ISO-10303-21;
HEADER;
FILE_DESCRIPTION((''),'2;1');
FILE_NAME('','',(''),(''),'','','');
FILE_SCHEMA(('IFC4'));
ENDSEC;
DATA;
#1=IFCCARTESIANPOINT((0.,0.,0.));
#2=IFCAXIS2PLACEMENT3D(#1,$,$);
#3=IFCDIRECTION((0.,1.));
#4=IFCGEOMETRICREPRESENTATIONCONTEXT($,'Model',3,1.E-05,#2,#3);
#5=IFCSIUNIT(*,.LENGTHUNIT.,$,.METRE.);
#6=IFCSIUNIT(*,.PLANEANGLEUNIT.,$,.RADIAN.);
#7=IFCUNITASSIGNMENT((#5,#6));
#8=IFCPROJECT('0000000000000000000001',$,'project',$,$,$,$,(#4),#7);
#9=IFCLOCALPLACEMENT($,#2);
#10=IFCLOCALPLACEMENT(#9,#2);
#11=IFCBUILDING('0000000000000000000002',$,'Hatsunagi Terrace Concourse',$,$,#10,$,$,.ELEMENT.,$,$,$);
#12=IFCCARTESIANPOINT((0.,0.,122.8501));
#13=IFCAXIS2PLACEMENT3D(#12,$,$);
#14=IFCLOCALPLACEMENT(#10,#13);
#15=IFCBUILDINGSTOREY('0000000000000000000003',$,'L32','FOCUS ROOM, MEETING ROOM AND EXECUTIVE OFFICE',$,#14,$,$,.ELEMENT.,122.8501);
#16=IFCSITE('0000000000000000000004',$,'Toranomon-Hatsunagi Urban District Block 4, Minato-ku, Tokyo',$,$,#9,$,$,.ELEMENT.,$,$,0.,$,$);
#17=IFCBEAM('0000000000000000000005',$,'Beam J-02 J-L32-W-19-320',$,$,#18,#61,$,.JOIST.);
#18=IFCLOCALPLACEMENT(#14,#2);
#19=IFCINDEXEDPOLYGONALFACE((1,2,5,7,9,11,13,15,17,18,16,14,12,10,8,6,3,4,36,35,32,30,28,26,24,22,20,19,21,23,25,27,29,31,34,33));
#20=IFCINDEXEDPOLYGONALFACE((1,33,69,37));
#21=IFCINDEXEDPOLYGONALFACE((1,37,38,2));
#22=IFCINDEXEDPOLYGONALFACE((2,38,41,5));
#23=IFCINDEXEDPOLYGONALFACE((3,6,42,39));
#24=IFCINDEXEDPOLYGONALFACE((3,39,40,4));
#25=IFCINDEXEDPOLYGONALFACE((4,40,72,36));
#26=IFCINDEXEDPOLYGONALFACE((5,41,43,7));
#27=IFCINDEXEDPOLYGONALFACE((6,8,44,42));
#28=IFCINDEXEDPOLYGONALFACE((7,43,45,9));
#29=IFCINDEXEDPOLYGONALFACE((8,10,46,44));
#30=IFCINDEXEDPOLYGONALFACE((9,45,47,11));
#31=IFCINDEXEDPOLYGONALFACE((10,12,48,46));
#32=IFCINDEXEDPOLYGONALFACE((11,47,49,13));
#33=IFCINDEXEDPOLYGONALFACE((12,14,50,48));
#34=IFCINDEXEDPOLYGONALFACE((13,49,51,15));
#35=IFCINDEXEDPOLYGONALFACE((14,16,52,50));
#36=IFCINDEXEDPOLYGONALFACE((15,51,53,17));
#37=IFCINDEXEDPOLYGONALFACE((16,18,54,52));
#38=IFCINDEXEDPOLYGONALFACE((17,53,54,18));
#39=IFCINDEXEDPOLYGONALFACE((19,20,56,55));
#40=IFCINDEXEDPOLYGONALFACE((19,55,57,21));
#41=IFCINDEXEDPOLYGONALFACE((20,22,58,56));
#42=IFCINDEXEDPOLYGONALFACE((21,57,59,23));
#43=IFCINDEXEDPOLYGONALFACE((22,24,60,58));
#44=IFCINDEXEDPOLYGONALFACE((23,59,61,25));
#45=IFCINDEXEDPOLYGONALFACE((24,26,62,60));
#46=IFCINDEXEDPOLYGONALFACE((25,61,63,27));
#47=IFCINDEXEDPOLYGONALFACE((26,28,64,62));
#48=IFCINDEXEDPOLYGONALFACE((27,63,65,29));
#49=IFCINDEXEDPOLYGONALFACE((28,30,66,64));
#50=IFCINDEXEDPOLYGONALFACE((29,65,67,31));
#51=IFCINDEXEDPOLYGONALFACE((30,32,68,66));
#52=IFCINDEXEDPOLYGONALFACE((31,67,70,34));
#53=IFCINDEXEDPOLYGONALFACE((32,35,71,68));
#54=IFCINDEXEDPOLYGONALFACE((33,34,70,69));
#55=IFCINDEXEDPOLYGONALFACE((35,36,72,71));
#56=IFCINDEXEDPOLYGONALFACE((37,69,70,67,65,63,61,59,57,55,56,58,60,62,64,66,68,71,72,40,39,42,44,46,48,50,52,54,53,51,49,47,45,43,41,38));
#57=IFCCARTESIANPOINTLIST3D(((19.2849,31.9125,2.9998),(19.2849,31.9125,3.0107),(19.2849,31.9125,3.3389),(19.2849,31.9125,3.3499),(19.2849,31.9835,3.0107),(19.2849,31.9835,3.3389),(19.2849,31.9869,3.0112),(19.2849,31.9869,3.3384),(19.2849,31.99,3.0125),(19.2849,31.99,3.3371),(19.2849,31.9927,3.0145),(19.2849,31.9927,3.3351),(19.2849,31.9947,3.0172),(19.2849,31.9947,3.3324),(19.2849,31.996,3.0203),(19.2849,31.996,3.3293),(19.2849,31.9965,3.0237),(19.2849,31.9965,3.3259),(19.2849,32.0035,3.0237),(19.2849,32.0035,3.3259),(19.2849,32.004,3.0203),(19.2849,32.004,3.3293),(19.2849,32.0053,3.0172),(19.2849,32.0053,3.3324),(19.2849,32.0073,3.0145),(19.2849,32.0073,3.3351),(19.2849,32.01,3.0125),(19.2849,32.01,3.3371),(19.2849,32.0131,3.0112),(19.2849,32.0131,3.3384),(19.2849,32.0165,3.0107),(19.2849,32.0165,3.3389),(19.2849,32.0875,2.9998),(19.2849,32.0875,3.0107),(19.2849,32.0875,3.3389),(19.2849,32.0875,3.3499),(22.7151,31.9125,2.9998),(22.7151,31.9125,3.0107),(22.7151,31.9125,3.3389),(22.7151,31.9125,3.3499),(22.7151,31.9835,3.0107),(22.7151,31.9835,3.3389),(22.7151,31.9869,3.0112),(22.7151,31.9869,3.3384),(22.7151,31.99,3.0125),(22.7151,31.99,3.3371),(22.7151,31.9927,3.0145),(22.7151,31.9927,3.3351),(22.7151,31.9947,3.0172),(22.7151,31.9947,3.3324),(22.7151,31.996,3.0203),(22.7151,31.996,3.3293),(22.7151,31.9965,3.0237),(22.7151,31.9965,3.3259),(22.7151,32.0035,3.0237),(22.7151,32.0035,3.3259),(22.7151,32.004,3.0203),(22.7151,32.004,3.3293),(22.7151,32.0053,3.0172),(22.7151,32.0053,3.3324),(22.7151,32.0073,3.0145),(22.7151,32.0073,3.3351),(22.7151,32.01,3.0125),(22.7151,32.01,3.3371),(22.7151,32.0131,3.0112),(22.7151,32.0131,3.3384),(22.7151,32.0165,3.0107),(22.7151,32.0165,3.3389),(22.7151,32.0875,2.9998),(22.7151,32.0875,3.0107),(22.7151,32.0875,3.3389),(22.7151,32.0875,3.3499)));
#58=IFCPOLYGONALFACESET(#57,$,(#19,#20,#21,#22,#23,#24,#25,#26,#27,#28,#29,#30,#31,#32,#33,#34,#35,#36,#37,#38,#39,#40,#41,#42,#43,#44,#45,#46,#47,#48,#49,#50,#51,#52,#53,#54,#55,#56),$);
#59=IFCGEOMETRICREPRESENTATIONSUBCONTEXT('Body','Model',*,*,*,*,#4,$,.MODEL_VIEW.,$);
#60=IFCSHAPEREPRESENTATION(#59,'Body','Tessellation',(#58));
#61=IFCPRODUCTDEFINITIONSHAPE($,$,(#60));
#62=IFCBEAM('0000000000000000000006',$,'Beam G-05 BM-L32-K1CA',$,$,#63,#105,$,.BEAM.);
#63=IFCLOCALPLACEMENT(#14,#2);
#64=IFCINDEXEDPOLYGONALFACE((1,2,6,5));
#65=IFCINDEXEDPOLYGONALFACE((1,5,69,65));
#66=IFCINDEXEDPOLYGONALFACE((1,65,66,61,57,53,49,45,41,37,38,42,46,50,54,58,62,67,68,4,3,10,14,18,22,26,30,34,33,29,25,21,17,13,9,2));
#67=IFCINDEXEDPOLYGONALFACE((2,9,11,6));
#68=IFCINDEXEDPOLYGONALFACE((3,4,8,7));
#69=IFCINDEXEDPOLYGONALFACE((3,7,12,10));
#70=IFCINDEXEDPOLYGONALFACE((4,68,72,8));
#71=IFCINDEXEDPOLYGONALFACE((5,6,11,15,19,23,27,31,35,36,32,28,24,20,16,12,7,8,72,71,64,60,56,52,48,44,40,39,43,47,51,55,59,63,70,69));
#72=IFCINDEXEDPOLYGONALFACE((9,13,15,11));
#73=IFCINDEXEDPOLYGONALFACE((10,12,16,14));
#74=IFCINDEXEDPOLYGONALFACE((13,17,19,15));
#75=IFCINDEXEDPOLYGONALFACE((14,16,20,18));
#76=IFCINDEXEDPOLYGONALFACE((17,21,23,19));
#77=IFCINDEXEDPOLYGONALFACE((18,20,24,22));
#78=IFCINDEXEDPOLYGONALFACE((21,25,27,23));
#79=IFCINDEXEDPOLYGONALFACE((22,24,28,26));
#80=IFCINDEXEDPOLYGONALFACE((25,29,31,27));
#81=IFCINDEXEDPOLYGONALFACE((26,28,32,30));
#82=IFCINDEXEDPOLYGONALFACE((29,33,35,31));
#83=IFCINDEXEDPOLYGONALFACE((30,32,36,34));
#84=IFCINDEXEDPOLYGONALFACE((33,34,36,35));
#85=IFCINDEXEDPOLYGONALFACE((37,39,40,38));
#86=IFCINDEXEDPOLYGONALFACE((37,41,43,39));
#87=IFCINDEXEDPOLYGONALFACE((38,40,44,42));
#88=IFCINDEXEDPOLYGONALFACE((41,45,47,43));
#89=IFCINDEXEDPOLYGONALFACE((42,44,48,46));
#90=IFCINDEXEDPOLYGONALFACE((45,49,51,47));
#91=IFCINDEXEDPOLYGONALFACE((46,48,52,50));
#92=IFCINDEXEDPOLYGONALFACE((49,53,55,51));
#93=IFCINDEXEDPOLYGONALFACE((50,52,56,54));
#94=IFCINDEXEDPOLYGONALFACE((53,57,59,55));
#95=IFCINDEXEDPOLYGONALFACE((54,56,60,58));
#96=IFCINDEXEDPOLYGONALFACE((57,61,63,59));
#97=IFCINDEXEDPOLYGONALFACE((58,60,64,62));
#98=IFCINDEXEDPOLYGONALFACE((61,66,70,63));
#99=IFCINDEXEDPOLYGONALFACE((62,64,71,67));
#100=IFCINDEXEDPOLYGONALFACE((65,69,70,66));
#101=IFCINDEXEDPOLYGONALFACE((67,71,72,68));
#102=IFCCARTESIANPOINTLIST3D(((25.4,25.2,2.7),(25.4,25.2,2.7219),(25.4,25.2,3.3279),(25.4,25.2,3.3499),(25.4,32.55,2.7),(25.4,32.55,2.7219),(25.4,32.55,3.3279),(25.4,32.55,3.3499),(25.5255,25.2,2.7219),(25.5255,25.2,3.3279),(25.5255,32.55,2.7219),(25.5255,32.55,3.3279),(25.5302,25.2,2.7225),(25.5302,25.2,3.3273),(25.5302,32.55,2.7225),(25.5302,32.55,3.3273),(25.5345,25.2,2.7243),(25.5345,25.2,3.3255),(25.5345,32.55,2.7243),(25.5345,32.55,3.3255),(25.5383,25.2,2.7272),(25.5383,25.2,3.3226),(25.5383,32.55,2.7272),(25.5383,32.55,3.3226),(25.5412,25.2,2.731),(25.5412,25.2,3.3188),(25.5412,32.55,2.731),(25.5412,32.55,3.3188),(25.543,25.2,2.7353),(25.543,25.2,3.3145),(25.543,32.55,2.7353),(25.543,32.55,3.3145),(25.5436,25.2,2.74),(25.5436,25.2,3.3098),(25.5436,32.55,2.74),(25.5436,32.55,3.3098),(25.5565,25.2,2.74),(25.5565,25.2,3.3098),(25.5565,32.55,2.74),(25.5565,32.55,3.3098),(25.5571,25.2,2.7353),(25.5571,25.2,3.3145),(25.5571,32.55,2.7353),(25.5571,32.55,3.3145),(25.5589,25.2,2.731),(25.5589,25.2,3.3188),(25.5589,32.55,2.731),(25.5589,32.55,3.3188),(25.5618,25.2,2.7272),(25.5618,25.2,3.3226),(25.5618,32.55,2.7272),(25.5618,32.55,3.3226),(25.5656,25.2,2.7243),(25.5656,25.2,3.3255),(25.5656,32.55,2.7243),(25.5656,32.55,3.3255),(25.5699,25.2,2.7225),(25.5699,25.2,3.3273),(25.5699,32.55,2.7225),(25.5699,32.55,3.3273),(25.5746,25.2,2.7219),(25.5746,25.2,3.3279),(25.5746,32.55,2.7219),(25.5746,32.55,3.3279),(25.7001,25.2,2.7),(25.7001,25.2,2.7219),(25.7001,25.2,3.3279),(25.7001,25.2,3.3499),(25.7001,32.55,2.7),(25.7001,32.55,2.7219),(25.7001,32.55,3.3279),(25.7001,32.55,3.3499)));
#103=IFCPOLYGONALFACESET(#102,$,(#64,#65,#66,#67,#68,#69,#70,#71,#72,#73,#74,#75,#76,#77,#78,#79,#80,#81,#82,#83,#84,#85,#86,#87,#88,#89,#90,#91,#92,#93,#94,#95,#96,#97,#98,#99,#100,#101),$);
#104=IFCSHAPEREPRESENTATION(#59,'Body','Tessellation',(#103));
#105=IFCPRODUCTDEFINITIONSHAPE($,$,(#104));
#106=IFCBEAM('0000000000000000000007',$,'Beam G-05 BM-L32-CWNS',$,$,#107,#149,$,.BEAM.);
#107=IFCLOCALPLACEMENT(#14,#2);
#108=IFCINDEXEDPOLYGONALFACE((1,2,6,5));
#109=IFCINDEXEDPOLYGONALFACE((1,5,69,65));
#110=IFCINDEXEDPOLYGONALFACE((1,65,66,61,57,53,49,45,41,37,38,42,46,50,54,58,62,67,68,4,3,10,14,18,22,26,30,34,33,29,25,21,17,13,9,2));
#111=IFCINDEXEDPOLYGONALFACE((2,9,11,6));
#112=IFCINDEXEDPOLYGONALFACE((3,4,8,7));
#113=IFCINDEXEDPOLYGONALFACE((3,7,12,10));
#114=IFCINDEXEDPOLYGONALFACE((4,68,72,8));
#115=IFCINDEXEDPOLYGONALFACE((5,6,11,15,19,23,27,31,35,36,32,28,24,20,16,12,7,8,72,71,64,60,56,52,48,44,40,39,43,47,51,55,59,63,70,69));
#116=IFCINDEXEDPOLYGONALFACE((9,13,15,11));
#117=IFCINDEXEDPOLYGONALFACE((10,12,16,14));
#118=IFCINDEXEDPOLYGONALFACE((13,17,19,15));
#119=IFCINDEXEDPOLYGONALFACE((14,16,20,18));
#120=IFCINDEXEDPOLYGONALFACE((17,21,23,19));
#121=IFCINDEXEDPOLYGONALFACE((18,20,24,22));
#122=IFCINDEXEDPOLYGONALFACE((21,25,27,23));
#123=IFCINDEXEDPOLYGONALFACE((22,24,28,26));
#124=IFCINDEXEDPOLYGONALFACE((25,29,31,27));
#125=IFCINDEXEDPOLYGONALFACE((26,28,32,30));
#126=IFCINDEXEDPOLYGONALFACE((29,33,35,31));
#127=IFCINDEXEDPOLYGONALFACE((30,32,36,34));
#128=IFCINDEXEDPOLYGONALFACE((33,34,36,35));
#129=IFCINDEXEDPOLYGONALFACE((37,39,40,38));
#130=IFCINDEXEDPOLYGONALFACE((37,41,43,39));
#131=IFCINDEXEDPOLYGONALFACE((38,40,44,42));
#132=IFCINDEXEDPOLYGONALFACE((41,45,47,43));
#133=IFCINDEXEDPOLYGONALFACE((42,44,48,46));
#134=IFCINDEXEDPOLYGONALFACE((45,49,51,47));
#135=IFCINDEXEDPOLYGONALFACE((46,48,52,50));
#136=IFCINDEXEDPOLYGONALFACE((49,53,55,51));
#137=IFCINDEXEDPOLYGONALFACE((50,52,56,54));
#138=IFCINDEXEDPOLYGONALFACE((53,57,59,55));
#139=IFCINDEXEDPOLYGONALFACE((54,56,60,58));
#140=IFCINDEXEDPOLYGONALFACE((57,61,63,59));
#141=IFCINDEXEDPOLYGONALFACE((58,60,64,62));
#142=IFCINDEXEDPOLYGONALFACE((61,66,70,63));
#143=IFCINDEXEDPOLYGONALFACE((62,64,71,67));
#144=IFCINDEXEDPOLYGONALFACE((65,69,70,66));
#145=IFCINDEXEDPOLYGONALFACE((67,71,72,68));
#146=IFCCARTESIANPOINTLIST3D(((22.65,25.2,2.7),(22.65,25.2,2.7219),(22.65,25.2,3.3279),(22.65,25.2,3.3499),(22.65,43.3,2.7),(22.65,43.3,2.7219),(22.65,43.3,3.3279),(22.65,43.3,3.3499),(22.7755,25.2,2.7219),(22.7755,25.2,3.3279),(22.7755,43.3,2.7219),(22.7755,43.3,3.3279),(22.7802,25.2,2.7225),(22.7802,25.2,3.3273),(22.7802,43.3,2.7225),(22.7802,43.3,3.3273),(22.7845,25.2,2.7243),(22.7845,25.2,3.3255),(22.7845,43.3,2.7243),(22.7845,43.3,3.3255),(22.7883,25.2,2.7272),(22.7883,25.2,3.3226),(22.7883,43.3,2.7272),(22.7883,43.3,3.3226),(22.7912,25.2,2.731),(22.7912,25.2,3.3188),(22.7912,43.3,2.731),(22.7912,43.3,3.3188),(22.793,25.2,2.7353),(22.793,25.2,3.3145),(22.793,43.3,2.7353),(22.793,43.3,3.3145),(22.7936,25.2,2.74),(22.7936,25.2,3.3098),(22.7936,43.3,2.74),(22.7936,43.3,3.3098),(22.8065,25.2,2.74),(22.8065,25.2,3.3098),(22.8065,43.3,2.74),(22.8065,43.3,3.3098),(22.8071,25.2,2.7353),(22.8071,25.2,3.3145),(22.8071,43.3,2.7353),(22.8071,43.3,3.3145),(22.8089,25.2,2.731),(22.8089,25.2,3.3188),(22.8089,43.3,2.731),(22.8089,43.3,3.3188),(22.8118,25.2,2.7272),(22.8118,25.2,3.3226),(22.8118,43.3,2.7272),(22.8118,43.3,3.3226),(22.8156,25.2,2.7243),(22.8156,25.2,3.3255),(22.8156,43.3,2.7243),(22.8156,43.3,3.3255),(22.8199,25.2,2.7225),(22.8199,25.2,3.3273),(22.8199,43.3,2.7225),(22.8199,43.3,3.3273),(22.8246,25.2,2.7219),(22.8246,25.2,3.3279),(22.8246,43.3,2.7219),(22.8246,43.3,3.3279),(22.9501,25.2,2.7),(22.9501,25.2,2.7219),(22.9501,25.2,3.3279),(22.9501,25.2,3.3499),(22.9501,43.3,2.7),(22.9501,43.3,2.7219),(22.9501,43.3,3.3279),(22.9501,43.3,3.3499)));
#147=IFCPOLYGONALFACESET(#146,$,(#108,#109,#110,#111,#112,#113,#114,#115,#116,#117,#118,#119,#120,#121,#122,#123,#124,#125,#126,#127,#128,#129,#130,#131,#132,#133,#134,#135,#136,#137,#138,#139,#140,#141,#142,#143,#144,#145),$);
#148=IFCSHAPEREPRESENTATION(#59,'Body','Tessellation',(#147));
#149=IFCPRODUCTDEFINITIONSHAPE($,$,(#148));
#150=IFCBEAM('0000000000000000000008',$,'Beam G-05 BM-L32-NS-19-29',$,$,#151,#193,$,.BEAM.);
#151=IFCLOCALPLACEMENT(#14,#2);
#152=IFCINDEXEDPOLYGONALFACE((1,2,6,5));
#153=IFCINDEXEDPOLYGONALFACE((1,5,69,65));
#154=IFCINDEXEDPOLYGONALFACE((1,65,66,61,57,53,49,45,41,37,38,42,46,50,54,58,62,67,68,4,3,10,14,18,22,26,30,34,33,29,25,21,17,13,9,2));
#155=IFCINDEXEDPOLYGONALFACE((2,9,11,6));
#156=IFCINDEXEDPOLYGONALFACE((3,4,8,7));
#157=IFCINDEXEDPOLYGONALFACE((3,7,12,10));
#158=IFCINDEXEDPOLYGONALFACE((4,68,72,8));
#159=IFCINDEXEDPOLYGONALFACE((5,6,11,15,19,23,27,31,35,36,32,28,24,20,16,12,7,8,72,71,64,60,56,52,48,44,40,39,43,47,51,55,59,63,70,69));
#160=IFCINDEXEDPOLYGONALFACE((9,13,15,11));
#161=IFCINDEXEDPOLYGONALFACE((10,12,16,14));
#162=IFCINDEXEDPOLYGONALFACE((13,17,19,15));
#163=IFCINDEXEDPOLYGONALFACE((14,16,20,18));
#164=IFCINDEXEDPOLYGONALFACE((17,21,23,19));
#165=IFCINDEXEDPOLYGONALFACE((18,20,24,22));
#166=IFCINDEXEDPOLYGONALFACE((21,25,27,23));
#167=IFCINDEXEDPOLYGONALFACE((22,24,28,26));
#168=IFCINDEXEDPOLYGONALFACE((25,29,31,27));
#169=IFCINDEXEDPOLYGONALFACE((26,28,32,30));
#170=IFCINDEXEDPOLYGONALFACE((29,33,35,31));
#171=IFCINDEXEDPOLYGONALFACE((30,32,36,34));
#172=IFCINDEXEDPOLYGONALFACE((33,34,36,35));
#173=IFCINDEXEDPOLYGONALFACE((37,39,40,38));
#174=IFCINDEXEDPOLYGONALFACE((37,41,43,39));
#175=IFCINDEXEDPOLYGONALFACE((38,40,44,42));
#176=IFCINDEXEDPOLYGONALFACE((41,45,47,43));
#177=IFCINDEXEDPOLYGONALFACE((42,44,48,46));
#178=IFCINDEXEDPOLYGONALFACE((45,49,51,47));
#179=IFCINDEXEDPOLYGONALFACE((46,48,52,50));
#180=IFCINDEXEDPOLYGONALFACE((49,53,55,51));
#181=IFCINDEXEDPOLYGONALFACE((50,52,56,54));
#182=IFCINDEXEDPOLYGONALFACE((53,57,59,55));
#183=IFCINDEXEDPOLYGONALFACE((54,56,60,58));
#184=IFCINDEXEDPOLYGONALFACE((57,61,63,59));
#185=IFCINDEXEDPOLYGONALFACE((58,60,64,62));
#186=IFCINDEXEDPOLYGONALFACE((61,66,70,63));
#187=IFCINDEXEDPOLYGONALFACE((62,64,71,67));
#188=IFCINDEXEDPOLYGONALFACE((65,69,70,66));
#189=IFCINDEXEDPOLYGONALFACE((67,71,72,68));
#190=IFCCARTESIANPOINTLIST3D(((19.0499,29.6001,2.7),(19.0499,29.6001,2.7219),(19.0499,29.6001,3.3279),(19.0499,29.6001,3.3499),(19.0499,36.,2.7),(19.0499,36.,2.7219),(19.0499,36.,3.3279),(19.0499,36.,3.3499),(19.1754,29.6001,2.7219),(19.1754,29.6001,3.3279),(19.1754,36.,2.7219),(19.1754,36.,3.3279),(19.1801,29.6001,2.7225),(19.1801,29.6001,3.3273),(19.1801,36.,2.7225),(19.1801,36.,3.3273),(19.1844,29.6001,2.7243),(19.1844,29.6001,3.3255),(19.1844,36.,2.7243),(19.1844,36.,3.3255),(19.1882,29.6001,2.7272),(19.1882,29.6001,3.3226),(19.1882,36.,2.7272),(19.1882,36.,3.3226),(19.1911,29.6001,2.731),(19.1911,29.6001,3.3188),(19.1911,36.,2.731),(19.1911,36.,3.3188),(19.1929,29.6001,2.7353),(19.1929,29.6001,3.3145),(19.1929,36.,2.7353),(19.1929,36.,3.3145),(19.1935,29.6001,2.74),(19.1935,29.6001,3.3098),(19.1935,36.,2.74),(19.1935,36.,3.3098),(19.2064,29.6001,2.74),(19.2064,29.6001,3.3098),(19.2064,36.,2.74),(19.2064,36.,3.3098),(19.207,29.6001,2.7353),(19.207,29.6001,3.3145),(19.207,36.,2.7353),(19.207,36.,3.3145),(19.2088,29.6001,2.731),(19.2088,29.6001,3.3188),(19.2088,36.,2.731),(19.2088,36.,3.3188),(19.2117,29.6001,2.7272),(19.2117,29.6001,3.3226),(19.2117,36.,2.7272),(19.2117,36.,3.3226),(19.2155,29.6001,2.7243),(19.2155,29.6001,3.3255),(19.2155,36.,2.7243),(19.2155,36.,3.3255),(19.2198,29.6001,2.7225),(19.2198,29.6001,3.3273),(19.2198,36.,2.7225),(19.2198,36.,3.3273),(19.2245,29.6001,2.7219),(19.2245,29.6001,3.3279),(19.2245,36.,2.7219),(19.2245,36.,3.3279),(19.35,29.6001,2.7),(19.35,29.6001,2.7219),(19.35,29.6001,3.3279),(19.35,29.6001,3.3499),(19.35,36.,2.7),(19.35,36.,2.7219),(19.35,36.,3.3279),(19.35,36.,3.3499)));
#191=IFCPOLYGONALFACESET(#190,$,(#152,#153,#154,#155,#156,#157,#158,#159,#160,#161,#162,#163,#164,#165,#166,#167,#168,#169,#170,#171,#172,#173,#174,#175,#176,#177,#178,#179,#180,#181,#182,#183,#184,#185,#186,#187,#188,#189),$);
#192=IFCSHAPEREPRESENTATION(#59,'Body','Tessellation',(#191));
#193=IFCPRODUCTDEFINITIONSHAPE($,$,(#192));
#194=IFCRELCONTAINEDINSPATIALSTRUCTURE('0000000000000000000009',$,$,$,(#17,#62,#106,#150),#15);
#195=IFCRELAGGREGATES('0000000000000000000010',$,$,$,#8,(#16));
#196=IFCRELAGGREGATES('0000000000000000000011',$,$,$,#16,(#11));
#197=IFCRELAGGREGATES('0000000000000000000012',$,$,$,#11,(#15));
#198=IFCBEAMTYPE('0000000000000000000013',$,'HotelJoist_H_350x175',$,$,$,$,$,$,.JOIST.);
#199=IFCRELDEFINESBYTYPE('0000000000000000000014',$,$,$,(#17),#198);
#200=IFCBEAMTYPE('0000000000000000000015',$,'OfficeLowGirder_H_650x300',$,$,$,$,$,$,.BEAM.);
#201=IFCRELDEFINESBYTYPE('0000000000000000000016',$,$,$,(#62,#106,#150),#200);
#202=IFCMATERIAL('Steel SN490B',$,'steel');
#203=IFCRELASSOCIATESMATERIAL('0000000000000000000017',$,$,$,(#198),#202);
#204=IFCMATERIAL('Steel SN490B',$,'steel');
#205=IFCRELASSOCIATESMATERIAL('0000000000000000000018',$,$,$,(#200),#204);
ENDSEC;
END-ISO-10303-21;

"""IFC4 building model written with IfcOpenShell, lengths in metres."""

from ifc_helpers import new_model, si_unit, direction, frame, origin, origin_2d, place, context, subcontext, project, spatial, i_section, extrude, material, material_profile, profile_set, type_object, element, save


model = new_model("IFC4")

# Units and contexts
model_context = context("Model", 3, precision=1e-05, world=origin(), true_north=direction((0.0, 1.0)))
body_context = subcontext(model_context, "Body", "Model", "MODEL_VIEW")
ifc_project = project(units=[si_unit("LENGTHUNIT", "METRE"), si_unit("PLANEANGLEUNIT", "RADIAN")], contexts=[model_context])

# Site, building, storey
site_placement = place(None, origin())
site = spatial("IfcSite", under=ifc_project, at=site_placement, Name="Toranomon-Hatsunagi Urban District Block 4, Minato-ku, Tokyo", CompositionType="ELEMENT", RefElevation=0.0)
building_placement = place(site_placement, origin())
building = spatial("IfcBuilding", under=site, at=building_placement, Name="Hatsunagi Terrace Concourse", CompositionType="ELEMENT")
storey_placement = place(building_placement, frame((0.0, 0.0, 122.8501)))
storey = spatial("IfcBuildingStorey", under=building, at=storey_placement, Name="L32", Description="FOCUS ROOM, MEETING ROOM AND EXECUTIVE OFFICE", CompositionType="ELEMENT", Elevation=122.8501)

# Beams
ifc_material_1 = material(Name="Steel SN490B", Category="steel")
ifc_material_profile_1 = material_profile(ifc_material_1, i_section(OverallWidth=0.175, OverallDepth=0.3501, WebThickness=0.0071, FlangeThickness=0.011, FilletRadius=0.0129, at=origin_2d()), Name="H-350x175x7x11")
ifc_profile_set_1 = profile_set([ifc_material_profile_1], Name="Steel SN490B")
beam_type_1 = type_object("IfcBeamType", Name="HotelJoist_H_350x175", PredefinedType="JOIST", material=ifc_profile_set_1)
for number, where, z_axis, x_axis, name in (
    (1, (19.2849, 32.0, 3.1748), (1.0, 0.0, 0.0), (0.0, 1.0, 0.0), "Beam J-02 J-L32-W-19-320"),
):
    element("IfcBeam", number, at=place(storey_placement, frame(where, z_axis=z_axis, x_axis=x_axis)), inside=storey, type_object=beam_type_1, Name=name, PredefinedType="JOIST", context=body_context, shape_type="SweptSolid", body=[
        extrude(i_section(OverallWidth=0.175, OverallDepth=0.3501, WebThickness=0.0071, FlangeThickness=0.011, FilletRadius=0.0129, at=origin_2d()), origin(), (0.0, 0.0, 1.0), 3.4302),
    ])
ifc_material_2 = material(Name="Steel SN490B", Category="steel")
ifc_material_profile_2 = material_profile(ifc_material_2, i_section(OverallWidth=0.3, OverallDepth=0.6499, WebThickness=0.0129, FlangeThickness=0.022, FilletRadius=0.0181, at=origin_2d()), Name="H-650x300x13x22")
ifc_profile_set_2 = profile_set([ifc_material_profile_2], Name="Steel SN490B")
beam_type_2 = type_object("IfcBeamType", Name="OfficeLowGirder_H_650x300", PredefinedType="BEAM", material=ifc_profile_set_2)
beam_1_placement = place(storey_placement, frame((25.55, 25.2, 3.0249), z_axis=(0.0, 1.0, 0.0), x_axis=(-1.0, 0.0, 0.0)))
element("IfcBeam", 2, at=beam_1_placement, inside=storey, type_object=beam_type_2, Name="Beam G-05 BM-L32-K1CA", PredefinedType="BEAM", context=body_context, shape_type="SweptSolid", body=[
    extrude(i_section(OverallWidth=0.3, OverallDepth=0.6499, WebThickness=0.0129, FlangeThickness=0.022, FilletRadius=0.0181, at=origin_2d()), origin(), (0.0, 0.0, 1.0), 7.3501),
])
beam_2_placement = place(storey_placement, frame((22.8, 25.2, 3.0249), z_axis=(0.0, 1.0, 0.0), x_axis=(-1.0, 0.0, 0.0)))
element("IfcBeam", 3, at=beam_2_placement, inside=storey, type_object=beam_type_2, Name="Beam G-05 BM-L32-CWNS", PredefinedType="BEAM", context=body_context, shape_type="SweptSolid", body=[
    extrude(i_section(OverallWidth=0.3, OverallDepth=0.6499, WebThickness=0.0129, FlangeThickness=0.022, FilletRadius=0.0181, at=origin_2d()), origin(), (0.0, 0.0, 1.0), 18.1001),
])
beam_3_placement = place(storey_placement, frame((19.2, 29.6001, 3.0249), z_axis=(0.0, 1.0, 0.0), x_axis=(-1.0, 0.0, 0.0)))
element("IfcBeam", 4, at=beam_3_placement, inside=storey, type_object=beam_type_2, Name="Beam G-05 BM-L32-NS-19-29", PredefinedType="BEAM", context=body_context, shape_type="SweptSolid", body=[
    extrude(i_section(OverallWidth=0.3, OverallDepth=0.6499, WebThickness=0.0129, FlangeThickness=0.022, FilletRadius=0.0181, at=origin_2d()), origin(), (0.0, 0.0, 1.0), 6.3999),
])

save(model, "model.ifc")
